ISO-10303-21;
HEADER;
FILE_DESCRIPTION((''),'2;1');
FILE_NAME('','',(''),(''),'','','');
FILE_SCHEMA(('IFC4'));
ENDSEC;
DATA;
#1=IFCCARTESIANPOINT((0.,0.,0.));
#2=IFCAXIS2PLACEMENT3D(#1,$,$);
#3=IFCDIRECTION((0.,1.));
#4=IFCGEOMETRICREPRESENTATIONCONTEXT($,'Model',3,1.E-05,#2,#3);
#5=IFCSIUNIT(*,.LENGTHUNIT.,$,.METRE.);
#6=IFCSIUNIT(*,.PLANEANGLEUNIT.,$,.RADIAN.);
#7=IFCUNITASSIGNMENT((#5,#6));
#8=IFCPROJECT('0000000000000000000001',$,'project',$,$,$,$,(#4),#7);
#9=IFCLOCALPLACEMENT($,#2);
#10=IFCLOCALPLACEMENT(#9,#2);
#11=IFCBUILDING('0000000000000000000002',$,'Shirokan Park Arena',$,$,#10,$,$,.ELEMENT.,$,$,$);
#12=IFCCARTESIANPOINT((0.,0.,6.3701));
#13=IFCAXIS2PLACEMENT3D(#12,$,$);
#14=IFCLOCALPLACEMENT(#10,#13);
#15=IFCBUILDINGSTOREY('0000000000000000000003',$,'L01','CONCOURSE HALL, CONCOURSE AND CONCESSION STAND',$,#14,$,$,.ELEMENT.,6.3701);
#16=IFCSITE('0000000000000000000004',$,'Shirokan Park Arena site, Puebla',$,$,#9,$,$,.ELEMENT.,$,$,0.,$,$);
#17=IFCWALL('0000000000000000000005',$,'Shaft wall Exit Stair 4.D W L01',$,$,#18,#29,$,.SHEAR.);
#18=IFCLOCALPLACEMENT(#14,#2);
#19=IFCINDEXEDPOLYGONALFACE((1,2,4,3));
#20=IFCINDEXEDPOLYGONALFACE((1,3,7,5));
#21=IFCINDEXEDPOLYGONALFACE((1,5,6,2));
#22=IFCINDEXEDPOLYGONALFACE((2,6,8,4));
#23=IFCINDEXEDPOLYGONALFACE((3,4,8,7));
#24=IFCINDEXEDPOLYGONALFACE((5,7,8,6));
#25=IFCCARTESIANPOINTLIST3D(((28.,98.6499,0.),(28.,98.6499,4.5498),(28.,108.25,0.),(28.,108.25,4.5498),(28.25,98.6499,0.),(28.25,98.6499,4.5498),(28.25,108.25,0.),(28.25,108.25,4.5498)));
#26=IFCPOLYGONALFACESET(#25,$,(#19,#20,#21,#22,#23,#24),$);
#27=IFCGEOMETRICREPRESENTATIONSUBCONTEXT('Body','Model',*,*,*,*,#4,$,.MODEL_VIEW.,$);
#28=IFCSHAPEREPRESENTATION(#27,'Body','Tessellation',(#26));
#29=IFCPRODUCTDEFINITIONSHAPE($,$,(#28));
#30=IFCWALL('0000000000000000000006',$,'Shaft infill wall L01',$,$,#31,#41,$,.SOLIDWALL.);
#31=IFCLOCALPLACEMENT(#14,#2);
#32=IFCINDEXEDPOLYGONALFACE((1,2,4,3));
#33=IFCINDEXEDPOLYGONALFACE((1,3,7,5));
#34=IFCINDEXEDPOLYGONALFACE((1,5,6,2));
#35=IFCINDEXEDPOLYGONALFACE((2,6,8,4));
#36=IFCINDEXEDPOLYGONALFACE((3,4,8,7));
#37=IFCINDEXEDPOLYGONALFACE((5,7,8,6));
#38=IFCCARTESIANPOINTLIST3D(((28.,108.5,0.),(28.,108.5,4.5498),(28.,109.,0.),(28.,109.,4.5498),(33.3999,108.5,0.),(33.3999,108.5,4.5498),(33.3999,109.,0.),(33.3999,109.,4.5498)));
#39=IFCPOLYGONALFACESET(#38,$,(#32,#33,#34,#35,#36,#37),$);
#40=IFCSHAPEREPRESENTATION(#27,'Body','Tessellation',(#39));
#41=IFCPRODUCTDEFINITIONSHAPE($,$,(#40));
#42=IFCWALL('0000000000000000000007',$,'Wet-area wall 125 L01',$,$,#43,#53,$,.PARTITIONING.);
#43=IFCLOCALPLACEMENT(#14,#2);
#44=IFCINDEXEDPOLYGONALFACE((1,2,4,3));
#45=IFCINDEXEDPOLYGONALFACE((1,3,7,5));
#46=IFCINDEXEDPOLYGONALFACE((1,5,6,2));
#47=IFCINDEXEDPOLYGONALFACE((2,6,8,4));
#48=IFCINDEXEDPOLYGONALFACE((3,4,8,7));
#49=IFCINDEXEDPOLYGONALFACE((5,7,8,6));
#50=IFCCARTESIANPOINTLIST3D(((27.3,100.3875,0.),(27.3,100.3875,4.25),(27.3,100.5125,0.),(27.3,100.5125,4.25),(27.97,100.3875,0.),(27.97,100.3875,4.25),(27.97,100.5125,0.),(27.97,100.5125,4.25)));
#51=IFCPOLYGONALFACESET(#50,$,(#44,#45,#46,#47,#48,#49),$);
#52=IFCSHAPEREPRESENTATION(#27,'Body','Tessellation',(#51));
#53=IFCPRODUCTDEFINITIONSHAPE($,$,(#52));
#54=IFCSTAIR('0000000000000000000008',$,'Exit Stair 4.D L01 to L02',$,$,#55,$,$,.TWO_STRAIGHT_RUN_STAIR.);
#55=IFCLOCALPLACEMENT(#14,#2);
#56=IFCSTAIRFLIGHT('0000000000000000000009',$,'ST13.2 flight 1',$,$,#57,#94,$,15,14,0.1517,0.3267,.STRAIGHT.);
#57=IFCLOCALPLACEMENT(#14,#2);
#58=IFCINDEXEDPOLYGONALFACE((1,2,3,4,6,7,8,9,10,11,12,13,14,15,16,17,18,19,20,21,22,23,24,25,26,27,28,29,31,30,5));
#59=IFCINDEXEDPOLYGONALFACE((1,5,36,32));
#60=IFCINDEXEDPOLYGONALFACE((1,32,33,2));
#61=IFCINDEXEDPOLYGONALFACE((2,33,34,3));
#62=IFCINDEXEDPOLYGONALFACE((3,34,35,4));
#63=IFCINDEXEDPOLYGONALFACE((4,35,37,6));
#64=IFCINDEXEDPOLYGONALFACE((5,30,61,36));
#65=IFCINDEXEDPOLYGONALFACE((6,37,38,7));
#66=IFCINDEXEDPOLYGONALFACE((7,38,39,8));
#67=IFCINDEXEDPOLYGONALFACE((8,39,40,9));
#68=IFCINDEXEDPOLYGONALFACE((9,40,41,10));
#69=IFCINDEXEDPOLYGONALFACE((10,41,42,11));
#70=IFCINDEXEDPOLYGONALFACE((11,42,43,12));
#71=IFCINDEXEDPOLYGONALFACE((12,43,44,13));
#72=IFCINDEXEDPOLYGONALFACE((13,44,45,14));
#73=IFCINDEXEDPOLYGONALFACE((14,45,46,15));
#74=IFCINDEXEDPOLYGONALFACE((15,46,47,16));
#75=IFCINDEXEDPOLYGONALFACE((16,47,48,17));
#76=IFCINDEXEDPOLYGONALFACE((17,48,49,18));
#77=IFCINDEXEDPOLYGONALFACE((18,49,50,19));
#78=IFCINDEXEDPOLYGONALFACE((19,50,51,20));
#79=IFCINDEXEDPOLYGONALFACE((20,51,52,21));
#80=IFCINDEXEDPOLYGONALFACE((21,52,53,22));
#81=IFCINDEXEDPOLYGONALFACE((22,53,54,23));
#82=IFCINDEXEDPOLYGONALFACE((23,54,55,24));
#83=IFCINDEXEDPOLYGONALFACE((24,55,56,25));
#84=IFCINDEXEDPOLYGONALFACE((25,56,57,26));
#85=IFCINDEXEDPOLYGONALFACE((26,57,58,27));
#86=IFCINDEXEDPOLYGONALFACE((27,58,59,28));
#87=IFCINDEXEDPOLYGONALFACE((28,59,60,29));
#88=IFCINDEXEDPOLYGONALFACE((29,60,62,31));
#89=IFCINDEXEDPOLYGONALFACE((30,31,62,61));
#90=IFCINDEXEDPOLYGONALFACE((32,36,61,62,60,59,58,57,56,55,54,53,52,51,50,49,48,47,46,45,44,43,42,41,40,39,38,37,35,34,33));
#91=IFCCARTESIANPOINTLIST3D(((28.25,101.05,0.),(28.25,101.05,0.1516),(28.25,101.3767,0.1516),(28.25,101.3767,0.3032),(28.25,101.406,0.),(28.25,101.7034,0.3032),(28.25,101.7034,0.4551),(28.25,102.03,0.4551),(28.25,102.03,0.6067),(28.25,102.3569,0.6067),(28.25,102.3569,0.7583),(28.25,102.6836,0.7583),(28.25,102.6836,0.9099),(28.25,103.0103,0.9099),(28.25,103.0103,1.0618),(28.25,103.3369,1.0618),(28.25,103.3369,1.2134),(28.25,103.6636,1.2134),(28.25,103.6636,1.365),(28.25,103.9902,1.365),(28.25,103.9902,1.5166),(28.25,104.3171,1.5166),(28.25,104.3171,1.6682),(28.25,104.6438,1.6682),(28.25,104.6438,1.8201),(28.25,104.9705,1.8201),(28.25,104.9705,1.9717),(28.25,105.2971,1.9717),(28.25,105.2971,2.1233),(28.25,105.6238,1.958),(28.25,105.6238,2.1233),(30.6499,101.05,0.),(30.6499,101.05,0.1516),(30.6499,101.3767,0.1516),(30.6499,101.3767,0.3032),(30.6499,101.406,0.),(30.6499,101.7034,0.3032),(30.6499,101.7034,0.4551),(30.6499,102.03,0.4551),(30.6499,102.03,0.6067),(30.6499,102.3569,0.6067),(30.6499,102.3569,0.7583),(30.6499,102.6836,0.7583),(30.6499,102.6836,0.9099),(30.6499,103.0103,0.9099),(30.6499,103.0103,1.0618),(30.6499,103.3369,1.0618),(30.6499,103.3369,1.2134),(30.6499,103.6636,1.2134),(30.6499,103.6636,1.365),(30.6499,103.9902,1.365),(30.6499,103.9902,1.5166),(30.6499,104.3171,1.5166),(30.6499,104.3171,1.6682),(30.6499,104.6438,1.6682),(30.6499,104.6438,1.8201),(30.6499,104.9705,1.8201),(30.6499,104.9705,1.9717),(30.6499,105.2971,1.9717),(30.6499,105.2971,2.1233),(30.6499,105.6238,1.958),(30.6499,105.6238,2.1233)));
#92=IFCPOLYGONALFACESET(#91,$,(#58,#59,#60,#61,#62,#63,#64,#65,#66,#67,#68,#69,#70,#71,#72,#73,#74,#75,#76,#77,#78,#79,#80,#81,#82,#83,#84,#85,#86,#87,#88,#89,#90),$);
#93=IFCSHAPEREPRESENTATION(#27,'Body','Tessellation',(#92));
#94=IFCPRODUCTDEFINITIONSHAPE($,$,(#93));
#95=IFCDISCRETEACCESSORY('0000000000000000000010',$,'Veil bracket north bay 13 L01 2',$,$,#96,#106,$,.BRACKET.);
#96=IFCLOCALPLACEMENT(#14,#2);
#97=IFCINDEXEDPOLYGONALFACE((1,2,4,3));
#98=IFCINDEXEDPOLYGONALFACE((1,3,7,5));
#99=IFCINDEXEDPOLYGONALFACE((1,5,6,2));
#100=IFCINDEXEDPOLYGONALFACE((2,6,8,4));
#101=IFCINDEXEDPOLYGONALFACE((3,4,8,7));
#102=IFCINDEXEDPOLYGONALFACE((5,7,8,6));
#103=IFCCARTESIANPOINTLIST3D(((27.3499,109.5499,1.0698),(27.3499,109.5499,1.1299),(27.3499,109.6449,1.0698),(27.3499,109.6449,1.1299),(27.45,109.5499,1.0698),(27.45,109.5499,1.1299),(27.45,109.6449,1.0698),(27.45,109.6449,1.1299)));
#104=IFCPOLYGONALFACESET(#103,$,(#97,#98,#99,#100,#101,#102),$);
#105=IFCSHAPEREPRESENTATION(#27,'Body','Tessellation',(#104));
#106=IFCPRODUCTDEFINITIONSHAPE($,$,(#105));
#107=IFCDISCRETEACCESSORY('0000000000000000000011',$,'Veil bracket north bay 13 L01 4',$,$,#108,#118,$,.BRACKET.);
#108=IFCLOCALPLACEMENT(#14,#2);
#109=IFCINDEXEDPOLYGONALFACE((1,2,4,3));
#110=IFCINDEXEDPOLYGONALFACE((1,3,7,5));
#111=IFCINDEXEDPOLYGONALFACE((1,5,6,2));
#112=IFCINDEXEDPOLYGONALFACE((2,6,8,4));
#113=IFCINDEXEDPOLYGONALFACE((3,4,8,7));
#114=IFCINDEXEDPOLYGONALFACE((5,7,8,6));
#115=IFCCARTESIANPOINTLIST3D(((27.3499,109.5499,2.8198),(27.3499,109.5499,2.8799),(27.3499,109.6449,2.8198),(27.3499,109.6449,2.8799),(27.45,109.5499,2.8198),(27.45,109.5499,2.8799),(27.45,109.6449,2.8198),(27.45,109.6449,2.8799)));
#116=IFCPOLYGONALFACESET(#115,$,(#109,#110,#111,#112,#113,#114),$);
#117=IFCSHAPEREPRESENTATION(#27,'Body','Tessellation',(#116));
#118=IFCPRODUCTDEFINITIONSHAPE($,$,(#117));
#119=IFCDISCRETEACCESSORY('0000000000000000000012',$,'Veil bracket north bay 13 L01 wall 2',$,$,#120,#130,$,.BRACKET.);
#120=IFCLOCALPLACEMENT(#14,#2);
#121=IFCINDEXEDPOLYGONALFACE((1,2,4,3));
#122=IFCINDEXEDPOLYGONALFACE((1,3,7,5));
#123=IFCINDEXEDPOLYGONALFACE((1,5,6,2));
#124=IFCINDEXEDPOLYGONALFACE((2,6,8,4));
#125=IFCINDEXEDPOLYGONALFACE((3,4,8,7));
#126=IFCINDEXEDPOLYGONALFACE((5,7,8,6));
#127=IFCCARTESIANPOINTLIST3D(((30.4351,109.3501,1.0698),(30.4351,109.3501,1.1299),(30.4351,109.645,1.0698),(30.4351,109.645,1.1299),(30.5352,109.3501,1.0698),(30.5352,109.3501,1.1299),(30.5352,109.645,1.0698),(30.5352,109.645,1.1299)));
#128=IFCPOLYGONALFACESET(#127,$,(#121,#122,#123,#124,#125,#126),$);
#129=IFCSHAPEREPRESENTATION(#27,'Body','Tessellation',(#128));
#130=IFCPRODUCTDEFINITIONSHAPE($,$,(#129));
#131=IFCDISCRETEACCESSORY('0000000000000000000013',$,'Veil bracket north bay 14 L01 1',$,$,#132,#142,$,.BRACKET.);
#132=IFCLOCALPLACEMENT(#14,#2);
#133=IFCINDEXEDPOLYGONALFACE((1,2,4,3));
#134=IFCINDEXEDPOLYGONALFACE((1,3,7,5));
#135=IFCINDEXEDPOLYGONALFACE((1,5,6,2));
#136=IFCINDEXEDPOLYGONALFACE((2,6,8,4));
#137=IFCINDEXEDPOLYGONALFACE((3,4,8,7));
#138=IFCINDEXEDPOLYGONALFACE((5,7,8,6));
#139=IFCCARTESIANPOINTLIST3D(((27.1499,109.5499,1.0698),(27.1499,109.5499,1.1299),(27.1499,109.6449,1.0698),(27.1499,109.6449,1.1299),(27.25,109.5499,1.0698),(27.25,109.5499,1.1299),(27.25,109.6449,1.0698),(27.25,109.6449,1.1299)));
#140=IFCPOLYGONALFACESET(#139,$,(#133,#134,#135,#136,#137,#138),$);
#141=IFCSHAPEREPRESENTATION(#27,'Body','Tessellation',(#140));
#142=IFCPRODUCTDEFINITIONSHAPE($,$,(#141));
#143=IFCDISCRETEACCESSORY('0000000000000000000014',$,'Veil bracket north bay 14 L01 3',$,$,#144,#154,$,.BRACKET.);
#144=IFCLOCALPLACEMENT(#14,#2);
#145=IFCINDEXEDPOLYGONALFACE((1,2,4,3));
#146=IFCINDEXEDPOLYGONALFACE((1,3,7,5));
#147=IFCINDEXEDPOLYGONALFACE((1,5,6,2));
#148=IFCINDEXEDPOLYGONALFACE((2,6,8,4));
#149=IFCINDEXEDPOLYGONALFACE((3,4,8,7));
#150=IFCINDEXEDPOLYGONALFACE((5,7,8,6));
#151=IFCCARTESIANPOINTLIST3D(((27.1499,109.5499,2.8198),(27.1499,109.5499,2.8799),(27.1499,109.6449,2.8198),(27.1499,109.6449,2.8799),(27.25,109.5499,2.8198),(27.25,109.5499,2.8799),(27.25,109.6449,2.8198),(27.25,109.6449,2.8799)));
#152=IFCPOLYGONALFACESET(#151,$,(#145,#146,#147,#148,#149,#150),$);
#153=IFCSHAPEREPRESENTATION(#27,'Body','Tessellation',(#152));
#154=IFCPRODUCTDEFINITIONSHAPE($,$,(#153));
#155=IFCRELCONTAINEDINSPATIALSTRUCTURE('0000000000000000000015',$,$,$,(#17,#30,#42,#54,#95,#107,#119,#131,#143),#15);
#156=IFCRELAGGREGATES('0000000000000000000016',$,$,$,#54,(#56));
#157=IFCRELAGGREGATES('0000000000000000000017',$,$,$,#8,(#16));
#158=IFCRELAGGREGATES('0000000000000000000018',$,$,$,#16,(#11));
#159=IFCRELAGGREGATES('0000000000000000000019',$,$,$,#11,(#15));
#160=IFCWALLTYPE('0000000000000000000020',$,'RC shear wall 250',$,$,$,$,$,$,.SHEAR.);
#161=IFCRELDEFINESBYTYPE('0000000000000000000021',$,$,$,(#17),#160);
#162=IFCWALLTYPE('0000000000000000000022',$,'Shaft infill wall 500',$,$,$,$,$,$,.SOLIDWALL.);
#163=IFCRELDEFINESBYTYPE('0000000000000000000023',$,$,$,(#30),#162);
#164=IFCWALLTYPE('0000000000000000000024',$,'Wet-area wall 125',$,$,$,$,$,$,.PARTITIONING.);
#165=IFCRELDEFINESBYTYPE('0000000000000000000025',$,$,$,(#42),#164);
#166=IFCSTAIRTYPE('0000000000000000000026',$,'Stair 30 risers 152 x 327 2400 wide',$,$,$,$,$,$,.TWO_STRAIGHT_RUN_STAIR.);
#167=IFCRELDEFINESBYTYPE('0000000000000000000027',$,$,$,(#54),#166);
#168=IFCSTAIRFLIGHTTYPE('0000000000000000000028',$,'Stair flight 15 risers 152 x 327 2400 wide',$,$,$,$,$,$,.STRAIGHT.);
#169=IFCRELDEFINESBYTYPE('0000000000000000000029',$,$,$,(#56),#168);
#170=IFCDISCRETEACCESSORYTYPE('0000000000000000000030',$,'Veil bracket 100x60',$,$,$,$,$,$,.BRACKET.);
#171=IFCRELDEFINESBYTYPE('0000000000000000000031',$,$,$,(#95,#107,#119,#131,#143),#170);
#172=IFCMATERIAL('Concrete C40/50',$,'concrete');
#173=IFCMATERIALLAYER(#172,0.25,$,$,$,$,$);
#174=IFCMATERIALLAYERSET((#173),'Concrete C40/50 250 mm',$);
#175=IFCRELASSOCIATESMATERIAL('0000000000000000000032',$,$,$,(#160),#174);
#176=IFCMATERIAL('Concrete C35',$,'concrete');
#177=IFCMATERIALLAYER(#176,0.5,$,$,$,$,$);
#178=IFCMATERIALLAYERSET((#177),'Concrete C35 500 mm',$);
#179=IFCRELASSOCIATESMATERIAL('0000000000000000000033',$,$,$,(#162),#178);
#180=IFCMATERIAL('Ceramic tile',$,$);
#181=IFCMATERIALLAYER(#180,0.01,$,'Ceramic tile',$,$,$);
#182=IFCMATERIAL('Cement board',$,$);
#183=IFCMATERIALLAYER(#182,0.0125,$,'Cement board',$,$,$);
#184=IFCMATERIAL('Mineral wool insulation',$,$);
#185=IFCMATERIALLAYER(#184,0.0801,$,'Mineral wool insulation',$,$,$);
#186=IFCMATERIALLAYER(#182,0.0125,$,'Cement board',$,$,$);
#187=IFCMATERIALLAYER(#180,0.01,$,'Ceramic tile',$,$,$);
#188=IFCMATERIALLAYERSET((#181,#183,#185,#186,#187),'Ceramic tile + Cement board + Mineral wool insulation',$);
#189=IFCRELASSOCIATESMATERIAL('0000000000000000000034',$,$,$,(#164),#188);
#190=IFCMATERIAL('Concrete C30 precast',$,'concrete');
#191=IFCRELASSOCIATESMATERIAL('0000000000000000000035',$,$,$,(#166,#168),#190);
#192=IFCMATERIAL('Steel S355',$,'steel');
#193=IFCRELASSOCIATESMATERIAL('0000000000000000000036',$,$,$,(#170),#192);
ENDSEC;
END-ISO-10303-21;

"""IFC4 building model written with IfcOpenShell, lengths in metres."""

from ifc_helpers import new_model, si_unit, direction, frame, frame_2d, origin, origin_2d, place, context, subcontext, project, spatial, polyline, rectangle, outline, extrude, material, layer, layer_set, type_object, element, aggregate, save


model = new_model("IFC4")

# Units and contexts
model_context = context("Model", 3, precision=1e-05, world=origin(), true_north=direction((0.0, 1.0)))
body_context = subcontext(model_context, "Body", "Model", "MODEL_VIEW")
ifc_project = project(units=[si_unit("LENGTHUNIT", "METRE"), si_unit("PLANEANGLEUNIT", "RADIAN")], contexts=[model_context])

# Site, building, storey
site_placement = place(None, origin())
site = spatial("IfcSite", under=ifc_project, at=site_placement, Name="Shirokan Park Arena site, Puebla", CompositionType="ELEMENT", RefElevation=0.0)
building_placement = place(site_placement, origin())
building = spatial("IfcBuilding", under=site, at=building_placement, Name="Shirokan Park Arena", CompositionType="ELEMENT")
storey_placement = place(building_placement, frame((0.0, 0.0, 6.3701)))
storey = spatial("IfcBuildingStorey", under=building, at=storey_placement, Name="L01", Description="CONCOURSE HALL, CONCOURSE AND CONCESSION STAND", CompositionType="ELEMENT", Elevation=6.3701)

# Shared definitions
ifc_material_1 = material(Name="Concrete C35", Category="concrete")

# Shared definitions
ifc_material_2 = material(Name="Steel S355", Category="steel")

# Shared definitions
ifc_material_3 = material(Name="Mineral wool insulation")

# Walls
ifc_material_4 = material(Name="Concrete C40/50", Category="concrete")
ifc_layer_1 = layer(ifc_material_4, 0.25)
ifc_layer_set_1 = layer_set([ifc_layer_1], Name="Concrete C40/50 250 mm")
wall_type_1 = type_object("IfcWallType", Name="RC shear wall 250", PredefinedType="SHEAR", material=ifc_layer_set_1)
wall_1_placement = place(storey_placement, frame((28.125, 108.25, 0.0), z_axis=(0.0, 0.0, 1.0), x_axis=(0.0, -1.0, 0.0)))
element("IfcWall", 1, at=wall_1_placement, inside=storey, type_object=wall_type_1, Name="Shaft wall Exit Stair 4.D W L01", PredefinedType="SHEAR", context=body_context, shape_type="SweptSolid", body=[
    extrude(rectangle(XDim=9.6001, YDim=0.25, at=frame_2d((4.8, 0.0))), origin(), (0.0, 0.0, 1.0), 4.5498),
])
ifc_layer_2 = layer(ifc_material_1, 0.5)
ifc_layer_set_2 = layer_set([ifc_layer_2], Name="Concrete C35 500 mm")
wall_type_2 = type_object("IfcWallType", Name="Shaft infill wall 500", PredefinedType="SOLIDWALL", material=ifc_layer_set_2)
wall_2_placement = place(storey_placement, frame((28.0, 108.75, 0.0), z_axis=(0.0, 0.0, 1.0), x_axis=(1.0, 0.0, 0.0)))
element("IfcWall", 2, at=wall_2_placement, inside=storey, type_object=wall_type_2, Name="Shaft infill wall L01", PredefinedType="SOLIDWALL", context=body_context, shape_type="SweptSolid", body=[
    extrude(rectangle(XDim=5.3999, YDim=0.5, at=frame_2d((2.7, 0.0))), origin(), (0.0, 0.0, 1.0), 4.5498),
])
ifc_material_5 = material(Name="Ceramic tile")
ifc_layer_3 = layer(ifc_material_5, 0.01, Name="Ceramic tile")
ifc_material_6 = material(Name="Cement board")
ifc_layer_4 = layer(ifc_material_6, 0.0125, Name="Cement board")
ifc_layer_5 = layer(ifc_material_3, 0.0801, Name="Mineral wool insulation")
ifc_layer_6 = layer(ifc_material_6, 0.0125, Name="Cement board")
ifc_layer_7 = layer(ifc_material_5, 0.01, Name="Ceramic tile")
ifc_layer_set_3 = layer_set([ifc_layer_3, ifc_layer_4, ifc_layer_5, ifc_layer_6, ifc_layer_7], Name="Ceramic tile + Cement board + Mineral wool insulation")
wall_type_3 = type_object("IfcWallType", Name="Wet-area wall 125", PredefinedType="PARTITIONING", material=ifc_layer_set_3)
wall_3_placement = place(storey_placement, frame((27.3, 100.45, 0.0), z_axis=(0.0, 0.0, 1.0), x_axis=(1.0, 0.0, 0.0)))
element("IfcWall", 3, at=wall_3_placement, inside=storey, type_object=wall_type_3, Name="Wet-area wall 125 L01", PredefinedType="PARTITIONING", context=body_context, shape_type="SweptSolid", body=[
    extrude(rectangle(XDim=0.6699, YDim=0.125, at=frame_2d((0.335, 0.0))), origin(), (0.0, 0.0, 1.0), 4.25),
])

# Stair, stair flight
ifc_material_7 = material(Name="Concrete C30 precast", Category="concrete")
stair_type = type_object("IfcStairType", Name="Stair 30 risers 152 x 327 2400 wide", PredefinedType="TWO_STRAIGHT_RUN_STAIR", material=ifc_material_7)
stair_placement = place(storey_placement, origin())
stair = element("IfcStair", 4, at=stair_placement, inside=storey, type_object=stair_type, Name="Exit Stair 4.D L01 to L02", PredefinedType="TWO_STRAIGHT_RUN_STAIR")
stair_flight_type = type_object("IfcStairFlightType", Name="Stair flight 15 risers 152 x 327 2400 wide", PredefinedType="STRAIGHT", material=ifc_material_7)
stair_flight_placement = place(storey_placement, frame((29.45, 101.05, 0.0), z_axis=(0.0, 0.0, 1.0), x_axis=(0.0, 1.0, 0.0)))
stair_flight = element("IfcStairFlight", 5, at=stair_flight_placement, type_object=stair_flight_type, Name="ST13.2 flight 1", NumberOfRisers=15, NumberOfTreads=14, PredefinedType="STRAIGHT", RiserHeight=0.1517, TreadLength=0.3267, context=body_context, shape_type="SweptSolid", body=[
    extrude(outline(polyline([(0.0, 0.0), (0.0, 0.1516), (0.3267, 0.1516), (0.3267, 0.3032), (0.6533, 0.3032), (0.6533, 0.4551), (0.98, 0.4551), (0.98, 0.6067), (1.3069, 0.6067), (1.3069, 0.7583), (1.6335, 0.7583), (1.6335, 0.9099), (1.9602, 0.9099), (1.9602, 1.0618), (2.2869, 1.0618), (2.2869, 1.2134), (2.6135, 1.2134), (2.6135, 1.365), (2.9402, 1.365), (2.9402, 1.5166), (3.2671, 1.5166), (3.2671, 1.6682), (3.5938, 1.6682), (3.5938, 1.8201), (3.9204, 1.8201), (3.9204, 1.9717), (4.2471, 1.9717), (4.2471, 2.1233), (4.5737, 2.1233), (4.5737, 2.2749), (4.5737, 1.958), (0.356, 0.0), (0.0, 0.0)])), frame((0.0, 1.2, 0.0), z_axis=(0.0, -1.0, 0.0), x_axis=(1.0, 0.0, 0.0)), (0.0, 0.0, 1.0), 2.3999),
])
aggregate(stair, [stair_flight])

# Discrete accessories
discrete_accessory_type = type_object("IfcDiscreteAccessoryType", Name="Veil bracket 100x60", PredefinedType="BRACKET", material=ifc_material_2)
for number, where, z_axis, x_axis, name in (
    (6, (27.3999, 109.5974, 1.0698), (0.0, 0.0, 1.0), (-1.0, 0.0, 0.0), "Veil bracket north bay 13 L01 2"),
    (7, (27.3999, 109.5974, 2.8198), (0.0, 0.0, 1.0), (-1.0, 0.0, 0.0), "Veil bracket north bay 13 L01 4"),
):
    element("IfcDiscreteAccessory", number, at=place(storey_placement, frame(where, z_axis=z_axis, x_axis=x_axis)), inside=storey, type_object=discrete_accessory_type, Name=name, PredefinedType="BRACKET", context=body_context, shape_type="SweptSolid", body=[
        extrude(rectangle(XDim=0.1001, YDim=0.095, at=origin_2d()), origin(), (0.0, 0.0, 1.0), 0.0601),
    ])
discrete_accessory_placement = place(storey_placement, frame((30.4851, 109.4976, 1.0698), z_axis=(0.0, 0.0, 1.0), x_axis=(-1.0, 0.0, 0.0)))
element("IfcDiscreteAccessory", 8, at=discrete_accessory_placement, inside=storey, type_object=discrete_accessory_type, Name="Veil bracket north bay 13 L01 wall 2", PredefinedType="BRACKET", context=body_context, shape_type="SweptSolid", body=[
    extrude(rectangle(XDim=0.1001, YDim=0.2949, at=origin_2d()), origin(), (0.0, 0.0, 1.0), 0.0601),
])
for number, where, z_axis, x_axis, name in (
    (9, (27.2, 109.5974, 1.0698), (0.0, 0.0, 1.0), (-1.0, 0.0, 0.0), "Veil bracket north bay 14 L01 1"),
    (10, (27.2, 109.5974, 2.8198), (0.0, 0.0, 1.0), (-1.0, 0.0, 0.0), "Veil bracket north bay 14 L01 3"),
):
    element("IfcDiscreteAccessory", number, at=place(storey_placement, frame(where, z_axis=z_axis, x_axis=x_axis)), inside=storey, type_object=discrete_accessory_type, Name=name, PredefinedType="BRACKET", context=body_context, shape_type="SweptSolid", body=[
        extrude(rectangle(XDim=0.1001, YDim=0.095, at=origin_2d()), origin(), (0.0, 0.0, 1.0), 0.0601),
    ])

save(model, "model.ifc")
